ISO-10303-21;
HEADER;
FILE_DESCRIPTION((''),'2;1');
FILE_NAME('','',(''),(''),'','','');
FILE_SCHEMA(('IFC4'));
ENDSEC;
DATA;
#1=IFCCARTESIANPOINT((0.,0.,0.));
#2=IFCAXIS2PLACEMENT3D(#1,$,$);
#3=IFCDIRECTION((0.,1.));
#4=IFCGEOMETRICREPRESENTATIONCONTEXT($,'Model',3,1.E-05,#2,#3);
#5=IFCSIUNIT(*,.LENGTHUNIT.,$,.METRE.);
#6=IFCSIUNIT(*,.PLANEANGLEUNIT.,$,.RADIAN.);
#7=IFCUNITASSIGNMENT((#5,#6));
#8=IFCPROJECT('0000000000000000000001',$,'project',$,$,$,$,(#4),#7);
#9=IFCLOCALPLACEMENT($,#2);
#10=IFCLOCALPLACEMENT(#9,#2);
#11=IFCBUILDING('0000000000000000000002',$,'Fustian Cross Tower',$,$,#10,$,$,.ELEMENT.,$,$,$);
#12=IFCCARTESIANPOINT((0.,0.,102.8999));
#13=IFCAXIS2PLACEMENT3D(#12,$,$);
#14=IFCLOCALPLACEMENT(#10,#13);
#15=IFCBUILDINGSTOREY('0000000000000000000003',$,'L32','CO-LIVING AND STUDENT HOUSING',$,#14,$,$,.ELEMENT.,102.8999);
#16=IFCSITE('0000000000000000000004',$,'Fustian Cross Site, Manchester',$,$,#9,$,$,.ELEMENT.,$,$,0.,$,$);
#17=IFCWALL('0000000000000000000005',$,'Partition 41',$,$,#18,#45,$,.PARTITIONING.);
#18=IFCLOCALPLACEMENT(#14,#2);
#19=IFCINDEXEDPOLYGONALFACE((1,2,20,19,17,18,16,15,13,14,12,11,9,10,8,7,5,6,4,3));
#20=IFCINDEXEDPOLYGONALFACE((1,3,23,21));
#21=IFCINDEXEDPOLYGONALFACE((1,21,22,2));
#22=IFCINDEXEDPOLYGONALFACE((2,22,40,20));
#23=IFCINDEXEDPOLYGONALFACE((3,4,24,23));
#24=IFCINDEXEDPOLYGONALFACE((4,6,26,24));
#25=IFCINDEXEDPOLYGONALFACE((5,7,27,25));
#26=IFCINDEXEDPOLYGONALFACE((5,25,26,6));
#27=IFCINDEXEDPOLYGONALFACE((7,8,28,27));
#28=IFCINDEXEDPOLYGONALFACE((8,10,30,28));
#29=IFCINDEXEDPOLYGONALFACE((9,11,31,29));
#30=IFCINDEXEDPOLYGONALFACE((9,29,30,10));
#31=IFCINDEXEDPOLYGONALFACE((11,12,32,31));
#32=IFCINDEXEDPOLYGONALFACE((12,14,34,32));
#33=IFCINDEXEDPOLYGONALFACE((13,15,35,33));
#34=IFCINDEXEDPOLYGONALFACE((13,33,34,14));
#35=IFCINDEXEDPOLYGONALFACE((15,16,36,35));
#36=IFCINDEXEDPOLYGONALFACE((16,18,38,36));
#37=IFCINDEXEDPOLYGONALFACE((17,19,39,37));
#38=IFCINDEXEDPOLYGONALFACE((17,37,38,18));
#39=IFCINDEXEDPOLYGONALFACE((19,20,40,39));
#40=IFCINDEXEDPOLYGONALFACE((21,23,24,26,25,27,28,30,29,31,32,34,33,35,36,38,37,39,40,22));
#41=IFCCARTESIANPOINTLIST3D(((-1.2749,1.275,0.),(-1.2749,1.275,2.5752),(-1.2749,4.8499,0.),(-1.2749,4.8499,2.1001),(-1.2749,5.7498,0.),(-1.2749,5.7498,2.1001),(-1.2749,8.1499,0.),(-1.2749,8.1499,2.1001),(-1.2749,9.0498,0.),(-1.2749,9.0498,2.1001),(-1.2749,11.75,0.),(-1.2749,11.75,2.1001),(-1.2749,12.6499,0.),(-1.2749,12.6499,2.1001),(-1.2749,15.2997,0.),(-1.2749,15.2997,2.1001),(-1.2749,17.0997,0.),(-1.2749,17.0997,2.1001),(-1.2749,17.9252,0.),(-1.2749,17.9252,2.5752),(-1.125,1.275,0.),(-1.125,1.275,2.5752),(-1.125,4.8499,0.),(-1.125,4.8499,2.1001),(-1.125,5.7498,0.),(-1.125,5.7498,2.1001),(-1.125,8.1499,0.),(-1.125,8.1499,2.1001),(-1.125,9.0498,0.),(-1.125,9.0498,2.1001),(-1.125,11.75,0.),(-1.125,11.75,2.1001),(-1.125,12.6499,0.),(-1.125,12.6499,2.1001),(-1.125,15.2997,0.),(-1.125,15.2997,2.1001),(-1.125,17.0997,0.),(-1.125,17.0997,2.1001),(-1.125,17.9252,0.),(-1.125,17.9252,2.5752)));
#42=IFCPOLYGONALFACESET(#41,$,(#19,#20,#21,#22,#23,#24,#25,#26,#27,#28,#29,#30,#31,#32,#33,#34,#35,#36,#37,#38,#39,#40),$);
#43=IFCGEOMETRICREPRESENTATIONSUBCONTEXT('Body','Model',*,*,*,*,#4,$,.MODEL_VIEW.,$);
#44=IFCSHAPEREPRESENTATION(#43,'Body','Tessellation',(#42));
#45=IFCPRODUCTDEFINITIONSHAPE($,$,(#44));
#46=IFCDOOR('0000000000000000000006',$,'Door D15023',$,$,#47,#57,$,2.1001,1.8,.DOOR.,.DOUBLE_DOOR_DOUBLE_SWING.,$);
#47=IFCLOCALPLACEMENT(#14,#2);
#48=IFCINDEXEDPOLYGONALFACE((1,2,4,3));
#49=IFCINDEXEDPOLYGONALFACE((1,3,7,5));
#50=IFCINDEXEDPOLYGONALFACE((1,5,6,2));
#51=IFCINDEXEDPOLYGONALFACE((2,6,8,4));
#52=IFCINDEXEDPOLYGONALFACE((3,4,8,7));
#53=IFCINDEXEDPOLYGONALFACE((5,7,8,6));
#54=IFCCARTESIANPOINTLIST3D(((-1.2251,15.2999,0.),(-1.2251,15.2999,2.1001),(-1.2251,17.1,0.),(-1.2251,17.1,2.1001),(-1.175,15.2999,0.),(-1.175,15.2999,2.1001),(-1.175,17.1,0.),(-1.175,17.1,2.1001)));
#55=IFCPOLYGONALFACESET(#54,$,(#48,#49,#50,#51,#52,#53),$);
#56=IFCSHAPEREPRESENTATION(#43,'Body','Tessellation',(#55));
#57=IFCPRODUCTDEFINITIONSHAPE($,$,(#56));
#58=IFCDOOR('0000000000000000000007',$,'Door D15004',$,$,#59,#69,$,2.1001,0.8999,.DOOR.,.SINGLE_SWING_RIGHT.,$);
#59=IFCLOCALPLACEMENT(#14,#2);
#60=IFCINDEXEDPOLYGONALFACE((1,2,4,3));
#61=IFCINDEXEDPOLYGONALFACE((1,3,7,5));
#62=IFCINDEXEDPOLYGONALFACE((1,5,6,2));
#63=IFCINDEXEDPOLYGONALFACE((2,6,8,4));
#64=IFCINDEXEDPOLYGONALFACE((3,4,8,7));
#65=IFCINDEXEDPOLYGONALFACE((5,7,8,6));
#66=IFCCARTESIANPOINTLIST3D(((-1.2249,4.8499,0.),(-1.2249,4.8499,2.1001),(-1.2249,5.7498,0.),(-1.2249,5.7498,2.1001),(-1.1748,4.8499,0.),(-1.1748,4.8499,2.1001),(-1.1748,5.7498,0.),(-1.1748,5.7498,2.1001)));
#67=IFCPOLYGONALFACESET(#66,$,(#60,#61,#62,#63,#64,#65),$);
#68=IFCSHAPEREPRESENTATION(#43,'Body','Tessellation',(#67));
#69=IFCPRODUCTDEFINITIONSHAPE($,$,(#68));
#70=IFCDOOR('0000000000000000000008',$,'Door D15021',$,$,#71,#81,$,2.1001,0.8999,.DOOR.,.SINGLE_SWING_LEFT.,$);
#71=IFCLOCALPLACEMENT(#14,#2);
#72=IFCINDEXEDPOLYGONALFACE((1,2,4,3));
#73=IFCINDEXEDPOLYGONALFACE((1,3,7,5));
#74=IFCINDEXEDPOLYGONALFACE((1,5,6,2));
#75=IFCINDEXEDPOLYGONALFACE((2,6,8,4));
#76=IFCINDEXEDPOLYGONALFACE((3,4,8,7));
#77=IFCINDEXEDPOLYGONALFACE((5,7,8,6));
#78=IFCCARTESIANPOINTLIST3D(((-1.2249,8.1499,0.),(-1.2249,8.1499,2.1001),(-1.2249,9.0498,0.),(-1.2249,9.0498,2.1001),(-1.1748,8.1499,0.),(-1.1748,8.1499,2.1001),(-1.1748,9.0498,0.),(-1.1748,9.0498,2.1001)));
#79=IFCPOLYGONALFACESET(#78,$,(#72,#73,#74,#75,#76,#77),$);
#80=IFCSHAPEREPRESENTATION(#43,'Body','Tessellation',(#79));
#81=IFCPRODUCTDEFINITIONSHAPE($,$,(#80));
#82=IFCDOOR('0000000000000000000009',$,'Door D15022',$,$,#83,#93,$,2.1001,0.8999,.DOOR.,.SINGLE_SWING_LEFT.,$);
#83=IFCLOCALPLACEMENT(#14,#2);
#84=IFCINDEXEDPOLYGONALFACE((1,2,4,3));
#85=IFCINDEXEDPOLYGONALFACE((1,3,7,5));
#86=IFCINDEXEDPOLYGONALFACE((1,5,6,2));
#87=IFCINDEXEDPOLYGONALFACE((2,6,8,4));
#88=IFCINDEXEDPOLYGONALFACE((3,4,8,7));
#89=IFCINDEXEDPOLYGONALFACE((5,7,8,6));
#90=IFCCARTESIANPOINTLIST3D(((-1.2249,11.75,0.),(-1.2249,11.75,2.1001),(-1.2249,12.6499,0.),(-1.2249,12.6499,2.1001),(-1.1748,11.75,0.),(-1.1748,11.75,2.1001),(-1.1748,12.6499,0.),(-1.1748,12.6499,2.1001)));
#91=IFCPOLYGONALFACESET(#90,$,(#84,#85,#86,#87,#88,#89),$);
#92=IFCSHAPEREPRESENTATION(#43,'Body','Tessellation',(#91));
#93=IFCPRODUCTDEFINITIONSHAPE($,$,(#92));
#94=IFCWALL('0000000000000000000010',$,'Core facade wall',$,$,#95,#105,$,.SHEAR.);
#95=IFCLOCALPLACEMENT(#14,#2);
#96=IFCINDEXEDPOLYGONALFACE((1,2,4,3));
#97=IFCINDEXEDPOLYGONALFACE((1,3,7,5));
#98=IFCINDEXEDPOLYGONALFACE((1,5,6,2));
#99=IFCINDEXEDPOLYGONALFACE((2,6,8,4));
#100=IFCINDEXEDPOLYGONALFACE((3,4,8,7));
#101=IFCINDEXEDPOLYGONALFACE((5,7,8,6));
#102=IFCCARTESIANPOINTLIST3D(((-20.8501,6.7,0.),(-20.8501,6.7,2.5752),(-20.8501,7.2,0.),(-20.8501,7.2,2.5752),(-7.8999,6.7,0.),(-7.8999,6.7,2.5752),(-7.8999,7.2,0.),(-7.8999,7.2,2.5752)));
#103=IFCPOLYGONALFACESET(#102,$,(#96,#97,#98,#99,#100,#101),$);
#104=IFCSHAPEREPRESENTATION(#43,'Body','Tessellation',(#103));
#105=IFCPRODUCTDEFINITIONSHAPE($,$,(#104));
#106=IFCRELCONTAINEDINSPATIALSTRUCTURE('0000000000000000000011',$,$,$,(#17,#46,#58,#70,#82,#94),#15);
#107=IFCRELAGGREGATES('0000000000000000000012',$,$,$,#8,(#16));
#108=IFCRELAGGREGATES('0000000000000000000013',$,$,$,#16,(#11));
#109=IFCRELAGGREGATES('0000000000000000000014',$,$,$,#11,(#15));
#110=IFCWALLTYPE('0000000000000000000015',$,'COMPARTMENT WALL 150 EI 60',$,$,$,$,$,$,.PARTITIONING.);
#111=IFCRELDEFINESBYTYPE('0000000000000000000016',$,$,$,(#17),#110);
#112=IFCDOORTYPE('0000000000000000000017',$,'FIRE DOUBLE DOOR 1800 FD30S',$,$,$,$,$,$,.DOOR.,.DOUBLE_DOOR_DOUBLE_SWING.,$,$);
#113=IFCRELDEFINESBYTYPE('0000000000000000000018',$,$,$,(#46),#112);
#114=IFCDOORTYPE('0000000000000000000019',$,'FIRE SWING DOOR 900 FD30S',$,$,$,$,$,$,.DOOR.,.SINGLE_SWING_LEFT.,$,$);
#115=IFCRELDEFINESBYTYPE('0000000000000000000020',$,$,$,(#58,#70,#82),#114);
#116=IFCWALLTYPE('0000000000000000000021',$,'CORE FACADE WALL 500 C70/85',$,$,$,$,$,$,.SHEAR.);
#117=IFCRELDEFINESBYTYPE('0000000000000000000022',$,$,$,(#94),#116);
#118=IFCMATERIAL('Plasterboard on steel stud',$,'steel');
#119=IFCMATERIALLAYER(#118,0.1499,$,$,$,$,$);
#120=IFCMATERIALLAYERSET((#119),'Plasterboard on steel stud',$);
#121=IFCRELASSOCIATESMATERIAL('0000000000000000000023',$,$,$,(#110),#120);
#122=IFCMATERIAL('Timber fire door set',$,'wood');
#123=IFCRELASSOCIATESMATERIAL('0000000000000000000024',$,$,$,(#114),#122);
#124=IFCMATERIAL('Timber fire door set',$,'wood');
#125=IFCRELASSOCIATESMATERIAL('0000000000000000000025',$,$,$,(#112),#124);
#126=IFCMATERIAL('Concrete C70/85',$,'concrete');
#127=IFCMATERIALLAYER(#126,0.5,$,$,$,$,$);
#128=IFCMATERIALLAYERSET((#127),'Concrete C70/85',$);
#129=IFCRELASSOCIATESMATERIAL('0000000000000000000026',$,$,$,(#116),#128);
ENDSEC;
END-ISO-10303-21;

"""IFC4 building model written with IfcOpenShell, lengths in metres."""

from ifc_helpers import new_model, si_unit, direction, frame, frame_2d, origin, place, context, subcontext, project, spatial, rectangle, extrude, material, layer, layer_set, type_object, element, fill, save


model = new_model("IFC4")

# Units and contexts
model_context = context("Model", 3, precision=1e-05, world=origin(), true_north=direction((0.0, 1.0)))
body_context = subcontext(model_context, "Body", "Model", "MODEL_VIEW")
ifc_project = project(units=[si_unit("LENGTHUNIT", "METRE"), si_unit("PLANEANGLEUNIT", "RADIAN")], contexts=[model_context])

# Site, building, storey
site_placement = place(None, origin())
site = spatial("IfcSite", under=ifc_project, at=site_placement, Name="Fustian Cross Site, Manchester", CompositionType="ELEMENT", RefElevation=0.0)
building_placement = place(site_placement, origin())
building = spatial("IfcBuilding", under=site, at=building_placement, Name="Fustian Cross Tower", CompositionType="ELEMENT")
storey_placement = place(building_placement, frame((0.0, 0.0, 102.8999)))
storey = spatial("IfcBuildingStorey", under=building, at=storey_placement, Name="L32", Description="CO-LIVING AND STUDENT HOUSING", CompositionType="ELEMENT", Elevation=102.8999)

# Shared definitions
ifc_material_1 = material(Name="Plasterboard on steel stud", Category="steel")
ifc_layer_1 = layer(ifc_material_1, 0.1499)
ifc_layer_set_1 = layer_set([ifc_layer_1], Name="Plasterboard on steel stud")
wall_type_1 = type_object("IfcWallType", Name="COMPARTMENT WALL 150 EI 60", PredefinedType="PARTITIONING", material=ifc_layer_set_1)
ifc_material_2 = material(Name="Timber fire door set", Category="wood")
door_type_1 = type_object("IfcDoorType", Name="FIRE SWING DOOR 900 FD30S", OperationType="SINGLE_SWING_LEFT", PredefinedType="DOOR", material=ifc_material_2)

# Wall, openings, doors
wall_1_placement = place(storey_placement, frame((-1.2, 1.2749, 0.0), z_axis=(0.0, 0.0, 1.0), x_axis=(0.0, 1.0, 0.0)))
wall_1 = element("IfcWall", 1, at=wall_1_placement, inside=storey, type_object=wall_type_1, Name="Partition 41", PredefinedType="PARTITIONING", context=body_context, shape_type="SweptSolid", body=[
    extrude(rectangle(XDim=16.6501, YDim=0.1499, at=frame_2d((8.3252, 0.0))), origin(), (0.0, 0.0, 1.0), 2.5752),
])
opening_1_placement = place(wall_1_placement, frame((3.575, 0.0, 0.0)))
opening_1 = element("IfcOpeningElement", 2, at=opening_1_placement, cuts=wall_1, PredefinedType="OPENING", context=body_context, shape_type="SweptSolid", body=[
    extrude(rectangle(XDim=0.8999, YDim=2.1001, at=frame_2d((0.45, 1.05))), frame((0.0, 0.085, 0.0), z_axis=(0.0, -1.0, 0.0), x_axis=(1.0, 0.0, 0.0)), (0.0, 0.0, 1.0), 0.1699),
])
opening_2_placement = place(wall_1_placement, frame((6.875, 0.0, 0.0)))
opening_2 = element("IfcOpeningElement", 3, at=opening_2_placement, cuts=wall_1, PredefinedType="OPENING", context=body_context, shape_type="SweptSolid", body=[
    extrude(rectangle(XDim=0.8999, YDim=2.1001, at=frame_2d((0.45, 1.05))), frame((0.0, 0.085, 0.0), z_axis=(0.0, -1.0, 0.0), x_axis=(1.0, 0.0, 0.0)), (0.0, 0.0, 1.0), 0.1699),
])
opening_3_placement = place(wall_1_placement, frame((10.4751, 0.0, 0.0)))
opening_3 = element("IfcOpeningElement", 4, at=opening_3_placement, cuts=wall_1, PredefinedType="OPENING", context=body_context, shape_type="SweptSolid", body=[
    extrude(rectangle(XDim=0.8999, YDim=2.1001, at=frame_2d((0.45, 1.05))), frame((0.0, 0.085, 0.0), z_axis=(0.0, -1.0, 0.0), x_axis=(1.0, 0.0, 0.0)), (0.0, 0.0, 1.0), 0.1699),
])
opening_4_placement = place(wall_1_placement, frame((14.0249, 0.0, 0.0)))
opening_4 = element("IfcOpeningElement", 5, at=opening_4_placement, cuts=wall_1, PredefinedType="OPENING", context=body_context, shape_type="SweptSolid", body=[
    extrude(rectangle(XDim=1.8, YDim=2.1001, at=frame_2d((0.8999, 1.05))), frame((0.0, 0.085, 0.0), z_axis=(0.0, -1.0, 0.0), x_axis=(1.0, 0.0, 0.0)), (0.0, 0.0, 1.0), 0.1699),
])
ifc_material_3 = material(Name="Timber fire door set", Category="wood")
door_type_2 = type_object("IfcDoorType", Name="FIRE DOUBLE DOOR 1800 FD30S", OperationType="DOUBLE_DOOR_DOUBLE_SWING", PredefinedType="DOOR", material=ifc_material_3)
door_1_placement = place(opening_4_placement, frame((1.8, 0.0, 0.0), z_axis=(0.0, 0.0, 1.0), x_axis=(-1.0, 0.0, 0.0)))
door_1 = element("IfcDoor", 6, at=door_1_placement, inside=storey, type_object=door_type_2, Name="Door D15023", OperationType="DOUBLE_DOOR_DOUBLE_SWING", OverallHeight=2.1001, OverallWidth=1.8, PredefinedType="DOOR", context=body_context, shape_type="SweptSolid", body=[
    extrude(rectangle(XDim=1.8, YDim=2.1001, at=frame_2d((0.8999, 1.05))), frame((0.0, 0.0249, 0.0), z_axis=(0.0, -1.0, 0.0), x_axis=(1.0, 0.0, 0.0)), (0.0, 0.0, 1.0), 0.05),
])
fill(opening_4, door_1)
door_2_placement = place(opening_1_placement, origin())
door_2 = element("IfcDoor", 7, at=door_2_placement, inside=storey, type_object=door_type_1, Name="Door D15004", OperationType="SINGLE_SWING_RIGHT", OverallHeight=2.1001, OverallWidth=0.8999, PredefinedType="DOOR", context=body_context, shape_type="SweptSolid", body=[
    extrude(rectangle(XDim=0.8999, YDim=2.1001, at=frame_2d((0.45, 1.05))), frame((0.0, 0.0249, 0.0), z_axis=(0.0, -1.0, 0.0), x_axis=(1.0, 0.0, 0.0)), (0.0, 0.0, 1.0), 0.05),
])
fill(opening_1, door_2)
door_3_placement = place(opening_2_placement, origin())
door_3 = element("IfcDoor", 8, at=door_3_placement, inside=storey, type_object=door_type_1, Name="Door D15021", OperationType="SINGLE_SWING_LEFT", OverallHeight=2.1001, OverallWidth=0.8999, PredefinedType="DOOR", context=body_context, shape_type="SweptSolid", body=[
    extrude(rectangle(XDim=0.8999, YDim=2.1001, at=frame_2d((0.45, 1.05))), frame((0.0, 0.0249, 0.0), z_axis=(0.0, -1.0, 0.0), x_axis=(1.0, 0.0, 0.0)), (0.0, 0.0, 1.0), 0.05),
])
fill(opening_2, door_3)
door_4_placement = place(opening_3_placement, origin())
door_4 = element("IfcDoor", 9, at=door_4_placement, inside=storey, type_object=door_type_1, Name="Door D15022", OperationType="SINGLE_SWING_LEFT", OverallHeight=2.1001, OverallWidth=0.8999, PredefinedType="DOOR", context=body_context, shape_type="SweptSolid", body=[
    extrude(rectangle(XDim=0.8999, YDim=2.1001, at=frame_2d((0.45, 1.05))), frame((0.0, 0.0249, 0.0), z_axis=(0.0, -1.0, 0.0), x_axis=(1.0, 0.0, 0.0)), (0.0, 0.0, 1.0), 0.05),
])
fill(opening_3, door_4)

# Wall
ifc_material_4 = material(Name="Concrete C70/85", Category="concrete")
ifc_layer_2 = layer(ifc_material_4, 0.5)
ifc_layer_set_2 = layer_set([ifc_layer_2], Name="Concrete C70/85")
wall_type_2 = type_object("IfcWallType", Name="CORE FACADE WALL 500 C70/85", PredefinedType="SHEAR", material=ifc_layer_set_2)
wall_2_placement = place(storey_placement, frame((-7.8999, 6.95, 0.0), z_axis=(0.0, 0.0, 1.0), x_axis=(-1.0, 0.0, 0.0)))
element("IfcWall", 10, at=wall_2_placement, inside=storey, type_object=wall_type_2, Name="Core facade wall", PredefinedType="SHEAR", context=body_context, shape_type="SweptSolid", body=[
    extrude(rectangle(XDim=12.9502, YDim=0.5, at=frame_2d((6.4751, 0.0))), origin(), (0.0, 0.0, 1.0), 2.5752),
])

save(model, "model.ifc")
